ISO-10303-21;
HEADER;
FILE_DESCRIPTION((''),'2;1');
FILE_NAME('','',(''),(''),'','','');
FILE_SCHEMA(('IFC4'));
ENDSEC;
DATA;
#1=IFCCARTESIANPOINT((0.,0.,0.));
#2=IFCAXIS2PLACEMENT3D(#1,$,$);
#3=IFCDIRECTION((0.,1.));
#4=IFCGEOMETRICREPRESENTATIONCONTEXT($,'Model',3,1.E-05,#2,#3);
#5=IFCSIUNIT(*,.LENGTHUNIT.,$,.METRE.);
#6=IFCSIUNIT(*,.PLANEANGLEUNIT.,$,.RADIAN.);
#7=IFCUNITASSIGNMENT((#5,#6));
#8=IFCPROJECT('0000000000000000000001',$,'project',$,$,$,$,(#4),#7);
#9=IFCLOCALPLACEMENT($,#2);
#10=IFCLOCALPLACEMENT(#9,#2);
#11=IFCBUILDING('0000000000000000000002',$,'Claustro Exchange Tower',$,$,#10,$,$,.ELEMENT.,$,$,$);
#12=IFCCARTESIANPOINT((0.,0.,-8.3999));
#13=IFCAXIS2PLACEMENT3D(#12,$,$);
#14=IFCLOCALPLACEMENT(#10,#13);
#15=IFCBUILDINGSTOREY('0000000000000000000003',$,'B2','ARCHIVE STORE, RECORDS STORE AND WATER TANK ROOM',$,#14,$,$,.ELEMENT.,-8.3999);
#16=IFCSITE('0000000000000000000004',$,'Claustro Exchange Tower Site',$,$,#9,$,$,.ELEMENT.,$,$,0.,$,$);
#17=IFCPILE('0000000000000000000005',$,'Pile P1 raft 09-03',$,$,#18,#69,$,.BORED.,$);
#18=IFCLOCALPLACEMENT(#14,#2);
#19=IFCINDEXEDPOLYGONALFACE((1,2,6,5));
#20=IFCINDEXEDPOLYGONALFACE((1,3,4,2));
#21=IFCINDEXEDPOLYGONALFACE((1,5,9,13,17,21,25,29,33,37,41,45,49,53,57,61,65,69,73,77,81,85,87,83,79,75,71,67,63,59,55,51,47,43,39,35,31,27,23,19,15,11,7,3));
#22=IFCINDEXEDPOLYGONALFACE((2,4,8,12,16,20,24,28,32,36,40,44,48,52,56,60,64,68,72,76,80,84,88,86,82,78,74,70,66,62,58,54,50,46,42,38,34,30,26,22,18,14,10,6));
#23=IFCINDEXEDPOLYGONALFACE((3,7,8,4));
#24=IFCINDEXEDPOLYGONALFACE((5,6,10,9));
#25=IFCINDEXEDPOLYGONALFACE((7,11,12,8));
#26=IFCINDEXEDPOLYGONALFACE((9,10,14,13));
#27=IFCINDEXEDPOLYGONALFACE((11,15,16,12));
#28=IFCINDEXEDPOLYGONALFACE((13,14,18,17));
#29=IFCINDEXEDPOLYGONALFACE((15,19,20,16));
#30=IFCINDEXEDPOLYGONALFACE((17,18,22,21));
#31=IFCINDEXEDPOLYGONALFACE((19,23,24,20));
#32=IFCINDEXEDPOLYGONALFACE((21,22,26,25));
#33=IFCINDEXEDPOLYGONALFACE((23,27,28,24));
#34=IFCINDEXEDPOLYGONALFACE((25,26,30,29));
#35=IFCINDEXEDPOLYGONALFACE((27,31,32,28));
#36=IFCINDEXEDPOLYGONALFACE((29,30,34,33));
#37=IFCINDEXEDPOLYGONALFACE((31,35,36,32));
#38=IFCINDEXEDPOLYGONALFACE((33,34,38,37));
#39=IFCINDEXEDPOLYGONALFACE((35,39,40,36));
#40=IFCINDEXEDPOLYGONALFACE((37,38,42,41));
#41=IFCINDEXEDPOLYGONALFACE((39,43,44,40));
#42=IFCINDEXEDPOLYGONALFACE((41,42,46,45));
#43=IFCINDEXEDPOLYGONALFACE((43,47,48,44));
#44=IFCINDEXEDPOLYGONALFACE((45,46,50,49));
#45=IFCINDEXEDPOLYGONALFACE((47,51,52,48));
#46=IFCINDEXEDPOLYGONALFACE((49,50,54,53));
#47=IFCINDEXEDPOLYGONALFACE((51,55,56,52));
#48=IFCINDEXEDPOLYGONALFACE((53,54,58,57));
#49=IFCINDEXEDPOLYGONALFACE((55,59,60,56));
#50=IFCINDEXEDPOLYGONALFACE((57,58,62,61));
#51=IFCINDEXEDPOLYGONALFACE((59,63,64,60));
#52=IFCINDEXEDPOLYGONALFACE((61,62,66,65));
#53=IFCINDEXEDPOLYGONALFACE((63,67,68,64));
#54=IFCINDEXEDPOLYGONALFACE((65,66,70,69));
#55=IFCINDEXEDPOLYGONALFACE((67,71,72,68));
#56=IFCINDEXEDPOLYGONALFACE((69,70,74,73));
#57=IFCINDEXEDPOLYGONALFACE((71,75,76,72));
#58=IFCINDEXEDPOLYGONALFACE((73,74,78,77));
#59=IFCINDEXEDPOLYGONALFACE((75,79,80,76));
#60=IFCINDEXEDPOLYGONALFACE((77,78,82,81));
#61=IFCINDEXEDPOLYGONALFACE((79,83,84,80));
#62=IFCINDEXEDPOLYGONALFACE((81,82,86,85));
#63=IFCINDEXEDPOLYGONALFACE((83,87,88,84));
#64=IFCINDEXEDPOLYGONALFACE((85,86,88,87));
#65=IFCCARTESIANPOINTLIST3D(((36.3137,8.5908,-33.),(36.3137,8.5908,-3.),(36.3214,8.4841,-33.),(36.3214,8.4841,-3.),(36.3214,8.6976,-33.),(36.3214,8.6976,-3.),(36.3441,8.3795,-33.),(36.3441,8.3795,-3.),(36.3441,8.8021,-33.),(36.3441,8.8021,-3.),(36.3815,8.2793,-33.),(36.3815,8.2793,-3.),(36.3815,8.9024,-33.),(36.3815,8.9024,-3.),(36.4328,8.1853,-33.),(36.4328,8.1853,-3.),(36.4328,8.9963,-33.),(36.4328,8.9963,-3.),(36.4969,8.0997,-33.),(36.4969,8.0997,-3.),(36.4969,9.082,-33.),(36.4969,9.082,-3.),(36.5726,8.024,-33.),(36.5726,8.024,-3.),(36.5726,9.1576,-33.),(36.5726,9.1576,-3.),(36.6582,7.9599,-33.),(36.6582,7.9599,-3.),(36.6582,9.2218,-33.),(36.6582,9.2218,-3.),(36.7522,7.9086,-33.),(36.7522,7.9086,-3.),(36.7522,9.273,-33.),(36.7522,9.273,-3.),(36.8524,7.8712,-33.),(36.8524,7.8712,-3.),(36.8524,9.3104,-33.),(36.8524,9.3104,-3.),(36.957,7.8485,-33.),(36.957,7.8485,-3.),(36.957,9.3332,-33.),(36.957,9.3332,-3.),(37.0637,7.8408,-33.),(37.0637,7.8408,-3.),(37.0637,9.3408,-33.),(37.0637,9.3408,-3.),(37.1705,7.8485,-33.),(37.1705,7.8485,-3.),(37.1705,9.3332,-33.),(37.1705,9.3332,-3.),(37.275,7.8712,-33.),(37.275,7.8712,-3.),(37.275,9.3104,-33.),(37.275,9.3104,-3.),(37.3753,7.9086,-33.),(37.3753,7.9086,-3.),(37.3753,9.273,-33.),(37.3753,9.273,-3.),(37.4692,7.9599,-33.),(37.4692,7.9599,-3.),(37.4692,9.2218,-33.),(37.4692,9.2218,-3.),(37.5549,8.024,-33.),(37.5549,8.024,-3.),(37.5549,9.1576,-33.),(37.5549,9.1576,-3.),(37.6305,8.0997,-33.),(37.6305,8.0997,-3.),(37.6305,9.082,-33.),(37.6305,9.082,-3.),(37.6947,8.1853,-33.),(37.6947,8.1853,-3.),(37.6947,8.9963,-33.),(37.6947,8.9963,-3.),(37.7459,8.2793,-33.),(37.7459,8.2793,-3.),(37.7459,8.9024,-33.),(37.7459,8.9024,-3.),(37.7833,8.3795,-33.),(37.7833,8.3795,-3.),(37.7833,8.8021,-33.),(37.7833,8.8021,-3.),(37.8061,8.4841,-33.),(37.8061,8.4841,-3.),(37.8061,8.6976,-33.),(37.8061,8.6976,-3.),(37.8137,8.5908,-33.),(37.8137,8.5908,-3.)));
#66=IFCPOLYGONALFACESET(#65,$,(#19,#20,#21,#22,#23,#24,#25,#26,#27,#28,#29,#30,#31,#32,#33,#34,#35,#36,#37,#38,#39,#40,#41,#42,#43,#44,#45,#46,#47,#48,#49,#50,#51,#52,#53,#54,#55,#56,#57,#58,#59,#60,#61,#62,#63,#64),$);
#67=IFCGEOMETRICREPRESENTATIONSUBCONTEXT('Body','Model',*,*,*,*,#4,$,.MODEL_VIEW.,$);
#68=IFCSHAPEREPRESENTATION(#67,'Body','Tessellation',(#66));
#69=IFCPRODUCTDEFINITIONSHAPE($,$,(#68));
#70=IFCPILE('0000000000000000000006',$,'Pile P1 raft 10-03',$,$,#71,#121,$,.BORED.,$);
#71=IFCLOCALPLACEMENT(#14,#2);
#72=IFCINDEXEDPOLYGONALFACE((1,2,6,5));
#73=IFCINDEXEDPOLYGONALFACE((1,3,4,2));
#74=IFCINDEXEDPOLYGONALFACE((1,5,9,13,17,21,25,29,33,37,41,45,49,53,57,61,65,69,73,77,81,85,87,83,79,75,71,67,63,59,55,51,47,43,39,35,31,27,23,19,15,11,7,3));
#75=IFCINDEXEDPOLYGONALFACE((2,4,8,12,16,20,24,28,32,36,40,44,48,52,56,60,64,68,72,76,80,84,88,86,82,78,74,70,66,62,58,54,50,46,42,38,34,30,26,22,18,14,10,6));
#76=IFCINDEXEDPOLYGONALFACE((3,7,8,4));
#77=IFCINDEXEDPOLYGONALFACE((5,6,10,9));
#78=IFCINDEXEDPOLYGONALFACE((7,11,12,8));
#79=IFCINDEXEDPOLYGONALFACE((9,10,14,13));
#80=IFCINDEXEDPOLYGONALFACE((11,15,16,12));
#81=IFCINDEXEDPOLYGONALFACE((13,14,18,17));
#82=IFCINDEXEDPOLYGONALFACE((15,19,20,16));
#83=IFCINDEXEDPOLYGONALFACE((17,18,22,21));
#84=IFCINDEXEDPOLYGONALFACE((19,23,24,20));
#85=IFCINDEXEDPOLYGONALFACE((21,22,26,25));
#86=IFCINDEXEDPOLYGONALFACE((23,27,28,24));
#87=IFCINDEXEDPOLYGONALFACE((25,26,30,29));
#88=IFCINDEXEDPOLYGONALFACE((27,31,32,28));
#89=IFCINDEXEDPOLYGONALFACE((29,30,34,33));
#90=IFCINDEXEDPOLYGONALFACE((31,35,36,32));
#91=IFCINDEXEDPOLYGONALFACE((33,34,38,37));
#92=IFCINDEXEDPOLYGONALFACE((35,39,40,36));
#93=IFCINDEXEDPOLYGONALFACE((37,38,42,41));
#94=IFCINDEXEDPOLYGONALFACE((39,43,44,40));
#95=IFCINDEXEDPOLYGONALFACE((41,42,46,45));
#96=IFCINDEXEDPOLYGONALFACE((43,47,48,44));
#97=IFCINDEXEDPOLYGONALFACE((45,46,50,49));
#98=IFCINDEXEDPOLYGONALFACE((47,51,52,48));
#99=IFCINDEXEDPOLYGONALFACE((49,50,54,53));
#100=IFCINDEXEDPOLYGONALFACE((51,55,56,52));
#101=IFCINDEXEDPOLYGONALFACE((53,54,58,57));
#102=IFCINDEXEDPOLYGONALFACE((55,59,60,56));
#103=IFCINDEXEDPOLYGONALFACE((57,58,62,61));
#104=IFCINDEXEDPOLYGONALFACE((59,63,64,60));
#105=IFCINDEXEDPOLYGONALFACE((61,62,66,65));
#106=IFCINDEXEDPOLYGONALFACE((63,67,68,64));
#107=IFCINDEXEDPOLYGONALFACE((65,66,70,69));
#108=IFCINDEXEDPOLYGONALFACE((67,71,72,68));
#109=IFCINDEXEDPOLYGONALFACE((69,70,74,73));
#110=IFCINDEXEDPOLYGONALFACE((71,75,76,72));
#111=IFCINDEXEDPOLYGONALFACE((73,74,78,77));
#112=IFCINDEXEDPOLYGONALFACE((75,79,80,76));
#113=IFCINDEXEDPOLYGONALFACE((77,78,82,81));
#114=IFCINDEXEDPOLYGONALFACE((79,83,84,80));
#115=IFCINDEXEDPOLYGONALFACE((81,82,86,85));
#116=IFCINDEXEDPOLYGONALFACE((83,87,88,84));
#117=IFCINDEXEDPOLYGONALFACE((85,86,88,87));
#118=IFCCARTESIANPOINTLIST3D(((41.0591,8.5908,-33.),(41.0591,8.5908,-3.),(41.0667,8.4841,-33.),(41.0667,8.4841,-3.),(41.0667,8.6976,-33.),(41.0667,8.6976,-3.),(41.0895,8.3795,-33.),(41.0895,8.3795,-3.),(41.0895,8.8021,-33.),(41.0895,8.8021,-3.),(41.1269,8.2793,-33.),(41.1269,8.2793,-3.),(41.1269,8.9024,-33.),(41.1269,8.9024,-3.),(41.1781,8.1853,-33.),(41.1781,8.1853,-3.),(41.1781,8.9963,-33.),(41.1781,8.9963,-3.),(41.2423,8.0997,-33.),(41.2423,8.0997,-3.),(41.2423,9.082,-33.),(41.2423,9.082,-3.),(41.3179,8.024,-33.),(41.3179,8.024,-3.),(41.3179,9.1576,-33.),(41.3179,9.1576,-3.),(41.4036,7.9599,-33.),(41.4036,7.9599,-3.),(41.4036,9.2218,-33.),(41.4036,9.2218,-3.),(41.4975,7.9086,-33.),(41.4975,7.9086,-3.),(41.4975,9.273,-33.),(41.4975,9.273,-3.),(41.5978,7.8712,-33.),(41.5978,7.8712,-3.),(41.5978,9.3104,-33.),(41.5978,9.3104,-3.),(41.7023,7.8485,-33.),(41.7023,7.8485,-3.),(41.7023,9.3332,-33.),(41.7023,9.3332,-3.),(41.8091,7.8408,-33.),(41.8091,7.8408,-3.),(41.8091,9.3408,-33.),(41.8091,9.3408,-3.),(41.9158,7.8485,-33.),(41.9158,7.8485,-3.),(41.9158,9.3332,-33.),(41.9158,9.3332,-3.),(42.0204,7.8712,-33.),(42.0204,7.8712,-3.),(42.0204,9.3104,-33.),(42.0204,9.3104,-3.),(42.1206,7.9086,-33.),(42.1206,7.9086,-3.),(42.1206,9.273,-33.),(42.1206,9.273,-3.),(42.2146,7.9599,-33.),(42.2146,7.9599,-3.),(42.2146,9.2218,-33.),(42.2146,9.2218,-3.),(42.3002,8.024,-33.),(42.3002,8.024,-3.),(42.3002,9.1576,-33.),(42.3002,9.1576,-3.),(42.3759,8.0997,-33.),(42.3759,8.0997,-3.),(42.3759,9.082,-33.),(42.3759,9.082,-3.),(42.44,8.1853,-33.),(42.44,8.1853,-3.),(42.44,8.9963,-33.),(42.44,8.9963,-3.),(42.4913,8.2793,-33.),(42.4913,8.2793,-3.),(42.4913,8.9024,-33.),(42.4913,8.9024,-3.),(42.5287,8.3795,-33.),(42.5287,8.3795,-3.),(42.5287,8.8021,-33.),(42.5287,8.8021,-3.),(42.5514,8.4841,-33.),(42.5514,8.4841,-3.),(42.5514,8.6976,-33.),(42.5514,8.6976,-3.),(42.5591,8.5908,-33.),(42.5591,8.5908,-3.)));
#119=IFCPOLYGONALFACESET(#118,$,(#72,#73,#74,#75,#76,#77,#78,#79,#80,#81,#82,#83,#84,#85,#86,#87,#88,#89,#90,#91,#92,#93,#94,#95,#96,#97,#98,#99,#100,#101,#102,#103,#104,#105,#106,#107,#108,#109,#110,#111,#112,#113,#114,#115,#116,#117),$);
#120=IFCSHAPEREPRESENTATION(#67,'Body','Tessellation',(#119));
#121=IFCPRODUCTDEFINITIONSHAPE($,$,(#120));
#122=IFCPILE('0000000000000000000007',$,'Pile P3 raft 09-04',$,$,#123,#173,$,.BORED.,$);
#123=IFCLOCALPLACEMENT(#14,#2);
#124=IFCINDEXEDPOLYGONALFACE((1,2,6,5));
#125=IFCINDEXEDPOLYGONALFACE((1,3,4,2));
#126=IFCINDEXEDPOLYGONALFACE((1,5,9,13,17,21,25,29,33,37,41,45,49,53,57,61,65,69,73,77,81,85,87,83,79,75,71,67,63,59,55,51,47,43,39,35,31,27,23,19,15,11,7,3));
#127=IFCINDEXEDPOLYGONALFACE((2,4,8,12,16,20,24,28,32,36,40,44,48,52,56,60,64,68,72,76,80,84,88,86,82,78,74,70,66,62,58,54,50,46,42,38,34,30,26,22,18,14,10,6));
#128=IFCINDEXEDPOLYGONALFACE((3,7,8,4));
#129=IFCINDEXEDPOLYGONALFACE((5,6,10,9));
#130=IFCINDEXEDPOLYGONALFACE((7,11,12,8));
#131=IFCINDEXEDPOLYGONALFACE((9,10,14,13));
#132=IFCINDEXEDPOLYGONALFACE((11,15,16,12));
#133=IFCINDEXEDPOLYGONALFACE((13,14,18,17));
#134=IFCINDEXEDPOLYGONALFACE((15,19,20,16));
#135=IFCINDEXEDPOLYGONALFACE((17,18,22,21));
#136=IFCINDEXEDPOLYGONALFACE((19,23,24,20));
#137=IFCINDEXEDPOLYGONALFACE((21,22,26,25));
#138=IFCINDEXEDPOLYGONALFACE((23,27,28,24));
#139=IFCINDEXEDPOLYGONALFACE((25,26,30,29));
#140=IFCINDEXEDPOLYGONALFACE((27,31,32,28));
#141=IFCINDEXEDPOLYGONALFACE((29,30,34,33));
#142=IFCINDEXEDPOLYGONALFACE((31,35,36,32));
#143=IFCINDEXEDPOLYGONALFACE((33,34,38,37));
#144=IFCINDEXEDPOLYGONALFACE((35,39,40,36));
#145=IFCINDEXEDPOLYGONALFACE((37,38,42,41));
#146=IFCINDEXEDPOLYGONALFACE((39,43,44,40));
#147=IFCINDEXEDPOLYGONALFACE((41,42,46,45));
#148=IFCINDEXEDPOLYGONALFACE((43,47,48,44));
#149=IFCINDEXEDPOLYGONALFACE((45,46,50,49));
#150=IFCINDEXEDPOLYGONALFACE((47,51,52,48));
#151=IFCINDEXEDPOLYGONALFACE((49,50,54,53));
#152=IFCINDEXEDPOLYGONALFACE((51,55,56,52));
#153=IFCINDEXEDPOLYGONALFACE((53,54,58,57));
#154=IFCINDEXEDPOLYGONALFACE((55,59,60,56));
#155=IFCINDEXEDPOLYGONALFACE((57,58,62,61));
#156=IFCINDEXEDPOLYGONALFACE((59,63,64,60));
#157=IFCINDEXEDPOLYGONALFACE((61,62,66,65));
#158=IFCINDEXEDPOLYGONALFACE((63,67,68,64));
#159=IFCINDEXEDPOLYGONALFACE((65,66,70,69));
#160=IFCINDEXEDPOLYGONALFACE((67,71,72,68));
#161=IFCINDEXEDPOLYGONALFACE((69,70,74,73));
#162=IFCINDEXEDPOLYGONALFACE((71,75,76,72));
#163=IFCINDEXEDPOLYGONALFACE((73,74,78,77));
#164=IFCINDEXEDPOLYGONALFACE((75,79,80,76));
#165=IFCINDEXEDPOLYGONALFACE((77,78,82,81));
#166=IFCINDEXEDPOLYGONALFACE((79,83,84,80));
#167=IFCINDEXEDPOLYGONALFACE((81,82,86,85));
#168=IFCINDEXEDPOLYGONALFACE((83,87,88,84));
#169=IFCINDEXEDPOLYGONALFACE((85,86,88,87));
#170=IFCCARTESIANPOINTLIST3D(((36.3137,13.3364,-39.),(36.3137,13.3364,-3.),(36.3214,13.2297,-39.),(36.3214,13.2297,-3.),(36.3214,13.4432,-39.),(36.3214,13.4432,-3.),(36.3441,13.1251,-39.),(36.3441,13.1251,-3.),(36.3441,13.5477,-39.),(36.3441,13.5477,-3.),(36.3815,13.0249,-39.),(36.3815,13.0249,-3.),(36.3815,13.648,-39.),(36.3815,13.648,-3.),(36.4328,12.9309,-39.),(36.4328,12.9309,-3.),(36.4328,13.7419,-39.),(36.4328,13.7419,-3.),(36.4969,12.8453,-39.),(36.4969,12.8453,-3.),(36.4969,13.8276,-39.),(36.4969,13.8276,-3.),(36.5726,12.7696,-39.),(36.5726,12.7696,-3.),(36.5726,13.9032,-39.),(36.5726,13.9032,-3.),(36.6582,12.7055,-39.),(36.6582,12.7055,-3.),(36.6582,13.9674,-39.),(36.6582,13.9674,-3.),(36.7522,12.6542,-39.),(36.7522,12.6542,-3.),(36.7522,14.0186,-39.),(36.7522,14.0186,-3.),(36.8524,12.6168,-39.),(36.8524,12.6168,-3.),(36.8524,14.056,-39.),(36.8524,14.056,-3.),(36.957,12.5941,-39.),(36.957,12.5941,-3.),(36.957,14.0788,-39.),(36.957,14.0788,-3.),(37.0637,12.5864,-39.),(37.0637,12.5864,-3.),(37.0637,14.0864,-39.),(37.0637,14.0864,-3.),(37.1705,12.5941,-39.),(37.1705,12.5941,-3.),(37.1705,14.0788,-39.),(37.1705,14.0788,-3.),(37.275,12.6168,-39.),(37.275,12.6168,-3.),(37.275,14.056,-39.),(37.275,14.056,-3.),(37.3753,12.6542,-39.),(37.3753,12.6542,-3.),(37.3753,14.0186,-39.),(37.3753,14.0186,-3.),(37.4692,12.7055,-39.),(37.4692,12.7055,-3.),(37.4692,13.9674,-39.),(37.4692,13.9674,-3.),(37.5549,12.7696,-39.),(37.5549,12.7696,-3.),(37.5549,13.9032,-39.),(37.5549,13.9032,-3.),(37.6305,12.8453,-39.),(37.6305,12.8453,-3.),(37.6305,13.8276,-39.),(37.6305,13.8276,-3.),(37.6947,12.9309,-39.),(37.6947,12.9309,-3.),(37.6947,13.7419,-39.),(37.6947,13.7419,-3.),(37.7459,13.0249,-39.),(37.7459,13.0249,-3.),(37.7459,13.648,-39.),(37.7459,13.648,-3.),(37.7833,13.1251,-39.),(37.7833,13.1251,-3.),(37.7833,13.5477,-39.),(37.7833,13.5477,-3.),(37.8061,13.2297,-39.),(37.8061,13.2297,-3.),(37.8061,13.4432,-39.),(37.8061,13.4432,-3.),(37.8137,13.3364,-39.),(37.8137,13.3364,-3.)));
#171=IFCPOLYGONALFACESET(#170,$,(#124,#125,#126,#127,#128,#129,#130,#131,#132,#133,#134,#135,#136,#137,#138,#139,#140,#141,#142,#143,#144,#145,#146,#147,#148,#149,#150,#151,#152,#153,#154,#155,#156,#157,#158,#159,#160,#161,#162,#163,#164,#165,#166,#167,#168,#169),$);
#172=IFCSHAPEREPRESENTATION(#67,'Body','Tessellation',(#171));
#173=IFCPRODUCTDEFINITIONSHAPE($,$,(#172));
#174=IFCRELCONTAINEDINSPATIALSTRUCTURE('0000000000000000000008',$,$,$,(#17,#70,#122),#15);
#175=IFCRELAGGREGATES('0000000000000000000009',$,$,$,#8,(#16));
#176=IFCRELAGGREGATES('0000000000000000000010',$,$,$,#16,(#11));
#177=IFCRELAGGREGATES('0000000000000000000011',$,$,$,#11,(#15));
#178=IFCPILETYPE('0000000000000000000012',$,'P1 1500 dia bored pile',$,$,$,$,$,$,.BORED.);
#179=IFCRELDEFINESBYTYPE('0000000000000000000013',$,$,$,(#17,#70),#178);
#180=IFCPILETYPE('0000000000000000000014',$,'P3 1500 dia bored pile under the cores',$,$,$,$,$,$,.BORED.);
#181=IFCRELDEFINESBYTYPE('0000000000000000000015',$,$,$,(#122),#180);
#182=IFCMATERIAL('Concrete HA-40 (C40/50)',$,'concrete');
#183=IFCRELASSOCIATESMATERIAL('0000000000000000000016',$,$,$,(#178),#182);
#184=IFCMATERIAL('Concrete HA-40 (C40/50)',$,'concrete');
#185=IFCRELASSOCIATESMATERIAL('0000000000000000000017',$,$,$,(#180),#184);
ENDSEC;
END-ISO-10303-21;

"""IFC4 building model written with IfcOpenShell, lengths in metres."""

from ifc_helpers import new_model, si_unit, direction, frame, origin, origin_2d, place, context, subcontext, project, spatial, circle, extrude, material, type_object, element, save


model = new_model("IFC4")

# Units and contexts
model_context = context("Model", 3, precision=1e-05, world=origin(), true_north=direction((0.0, 1.0)))
body_context = subcontext(model_context, "Body", "Model", "MODEL_VIEW")
ifc_project = project(units=[si_unit("LENGTHUNIT", "METRE"), si_unit("PLANEANGLEUNIT", "RADIAN")], contexts=[model_context])

# Site, building, storey
site_placement = place(None, origin())
site = spatial("IfcSite", under=ifc_project, at=site_placement, Name="Claustro Exchange Tower Site", CompositionType="ELEMENT", RefElevation=0.0)
building_placement = place(site_placement, origin())
building = spatial("IfcBuilding", under=site, at=building_placement, Name="Claustro Exchange Tower", CompositionType="ELEMENT")
storey_placement = place(building_placement, frame((0.0, 0.0, -8.3999)))
storey = spatial("IfcBuildingStorey", under=building, at=storey_placement, Name="B2", Description="ARCHIVE STORE, RECORDS STORE AND WATER TANK ROOM", CompositionType="ELEMENT", Elevation=-8.3999)

# Piles
ifc_material_1 = material(Name="Concrete HA-40 (C40/50)", Category="concrete")
pile_type_1 = type_object("IfcPileType", Name="P1 1500 dia bored pile", PredefinedType="BORED", material=ifc_material_1)
for number, where, z_axis, x_axis, name in (
    (1, (37.0637, 8.5908, -3.0), (0.0, 0.0, -1.0), (1.0, 0.0, 0.0), "Pile P1 raft 09-03"),
    (2, (41.8091, 8.5908, -3.0), (0.0, 0.0, -1.0), (1.0, 0.0, 0.0), "Pile P1 raft 10-03"),
):
    element("IfcPile", number, at=place(storey_placement, frame(where, z_axis=z_axis, x_axis=x_axis)), inside=storey, type_object=pile_type_1, Name=name, PredefinedType="BORED", context=body_context, shape_type="SweptSolid", body=[
        extrude(circle(Radius=0.75, at=origin_2d()), origin(), (0.0, 0.0, 1.0), 30.0),
    ])
ifc_material_2 = material(Name="Concrete HA-40 (C40/50)", Category="concrete")
pile_type_2 = type_object("IfcPileType", Name="P3 1500 dia bored pile under the cores", PredefinedType="BORED", material=ifc_material_2)
for number, where, z_axis, x_axis, name in (
    (3, (37.0637, 13.3364, -3.0), (0.0, 0.0, -1.0), (1.0, 0.0, 0.0), "Pile P3 raft 09-04"),
):
    element("IfcPile", number, at=place(storey_placement, frame(where, z_axis=z_axis, x_axis=x_axis)), inside=storey, type_object=pile_type_2, Name=name, PredefinedType="BORED", context=body_context, shape_type="SweptSolid", body=[
        extrude(circle(Radius=0.75, at=origin_2d()), origin(), (0.0, 0.0, 1.0), 36.0),
    ])

save(model, "model.ifc")
